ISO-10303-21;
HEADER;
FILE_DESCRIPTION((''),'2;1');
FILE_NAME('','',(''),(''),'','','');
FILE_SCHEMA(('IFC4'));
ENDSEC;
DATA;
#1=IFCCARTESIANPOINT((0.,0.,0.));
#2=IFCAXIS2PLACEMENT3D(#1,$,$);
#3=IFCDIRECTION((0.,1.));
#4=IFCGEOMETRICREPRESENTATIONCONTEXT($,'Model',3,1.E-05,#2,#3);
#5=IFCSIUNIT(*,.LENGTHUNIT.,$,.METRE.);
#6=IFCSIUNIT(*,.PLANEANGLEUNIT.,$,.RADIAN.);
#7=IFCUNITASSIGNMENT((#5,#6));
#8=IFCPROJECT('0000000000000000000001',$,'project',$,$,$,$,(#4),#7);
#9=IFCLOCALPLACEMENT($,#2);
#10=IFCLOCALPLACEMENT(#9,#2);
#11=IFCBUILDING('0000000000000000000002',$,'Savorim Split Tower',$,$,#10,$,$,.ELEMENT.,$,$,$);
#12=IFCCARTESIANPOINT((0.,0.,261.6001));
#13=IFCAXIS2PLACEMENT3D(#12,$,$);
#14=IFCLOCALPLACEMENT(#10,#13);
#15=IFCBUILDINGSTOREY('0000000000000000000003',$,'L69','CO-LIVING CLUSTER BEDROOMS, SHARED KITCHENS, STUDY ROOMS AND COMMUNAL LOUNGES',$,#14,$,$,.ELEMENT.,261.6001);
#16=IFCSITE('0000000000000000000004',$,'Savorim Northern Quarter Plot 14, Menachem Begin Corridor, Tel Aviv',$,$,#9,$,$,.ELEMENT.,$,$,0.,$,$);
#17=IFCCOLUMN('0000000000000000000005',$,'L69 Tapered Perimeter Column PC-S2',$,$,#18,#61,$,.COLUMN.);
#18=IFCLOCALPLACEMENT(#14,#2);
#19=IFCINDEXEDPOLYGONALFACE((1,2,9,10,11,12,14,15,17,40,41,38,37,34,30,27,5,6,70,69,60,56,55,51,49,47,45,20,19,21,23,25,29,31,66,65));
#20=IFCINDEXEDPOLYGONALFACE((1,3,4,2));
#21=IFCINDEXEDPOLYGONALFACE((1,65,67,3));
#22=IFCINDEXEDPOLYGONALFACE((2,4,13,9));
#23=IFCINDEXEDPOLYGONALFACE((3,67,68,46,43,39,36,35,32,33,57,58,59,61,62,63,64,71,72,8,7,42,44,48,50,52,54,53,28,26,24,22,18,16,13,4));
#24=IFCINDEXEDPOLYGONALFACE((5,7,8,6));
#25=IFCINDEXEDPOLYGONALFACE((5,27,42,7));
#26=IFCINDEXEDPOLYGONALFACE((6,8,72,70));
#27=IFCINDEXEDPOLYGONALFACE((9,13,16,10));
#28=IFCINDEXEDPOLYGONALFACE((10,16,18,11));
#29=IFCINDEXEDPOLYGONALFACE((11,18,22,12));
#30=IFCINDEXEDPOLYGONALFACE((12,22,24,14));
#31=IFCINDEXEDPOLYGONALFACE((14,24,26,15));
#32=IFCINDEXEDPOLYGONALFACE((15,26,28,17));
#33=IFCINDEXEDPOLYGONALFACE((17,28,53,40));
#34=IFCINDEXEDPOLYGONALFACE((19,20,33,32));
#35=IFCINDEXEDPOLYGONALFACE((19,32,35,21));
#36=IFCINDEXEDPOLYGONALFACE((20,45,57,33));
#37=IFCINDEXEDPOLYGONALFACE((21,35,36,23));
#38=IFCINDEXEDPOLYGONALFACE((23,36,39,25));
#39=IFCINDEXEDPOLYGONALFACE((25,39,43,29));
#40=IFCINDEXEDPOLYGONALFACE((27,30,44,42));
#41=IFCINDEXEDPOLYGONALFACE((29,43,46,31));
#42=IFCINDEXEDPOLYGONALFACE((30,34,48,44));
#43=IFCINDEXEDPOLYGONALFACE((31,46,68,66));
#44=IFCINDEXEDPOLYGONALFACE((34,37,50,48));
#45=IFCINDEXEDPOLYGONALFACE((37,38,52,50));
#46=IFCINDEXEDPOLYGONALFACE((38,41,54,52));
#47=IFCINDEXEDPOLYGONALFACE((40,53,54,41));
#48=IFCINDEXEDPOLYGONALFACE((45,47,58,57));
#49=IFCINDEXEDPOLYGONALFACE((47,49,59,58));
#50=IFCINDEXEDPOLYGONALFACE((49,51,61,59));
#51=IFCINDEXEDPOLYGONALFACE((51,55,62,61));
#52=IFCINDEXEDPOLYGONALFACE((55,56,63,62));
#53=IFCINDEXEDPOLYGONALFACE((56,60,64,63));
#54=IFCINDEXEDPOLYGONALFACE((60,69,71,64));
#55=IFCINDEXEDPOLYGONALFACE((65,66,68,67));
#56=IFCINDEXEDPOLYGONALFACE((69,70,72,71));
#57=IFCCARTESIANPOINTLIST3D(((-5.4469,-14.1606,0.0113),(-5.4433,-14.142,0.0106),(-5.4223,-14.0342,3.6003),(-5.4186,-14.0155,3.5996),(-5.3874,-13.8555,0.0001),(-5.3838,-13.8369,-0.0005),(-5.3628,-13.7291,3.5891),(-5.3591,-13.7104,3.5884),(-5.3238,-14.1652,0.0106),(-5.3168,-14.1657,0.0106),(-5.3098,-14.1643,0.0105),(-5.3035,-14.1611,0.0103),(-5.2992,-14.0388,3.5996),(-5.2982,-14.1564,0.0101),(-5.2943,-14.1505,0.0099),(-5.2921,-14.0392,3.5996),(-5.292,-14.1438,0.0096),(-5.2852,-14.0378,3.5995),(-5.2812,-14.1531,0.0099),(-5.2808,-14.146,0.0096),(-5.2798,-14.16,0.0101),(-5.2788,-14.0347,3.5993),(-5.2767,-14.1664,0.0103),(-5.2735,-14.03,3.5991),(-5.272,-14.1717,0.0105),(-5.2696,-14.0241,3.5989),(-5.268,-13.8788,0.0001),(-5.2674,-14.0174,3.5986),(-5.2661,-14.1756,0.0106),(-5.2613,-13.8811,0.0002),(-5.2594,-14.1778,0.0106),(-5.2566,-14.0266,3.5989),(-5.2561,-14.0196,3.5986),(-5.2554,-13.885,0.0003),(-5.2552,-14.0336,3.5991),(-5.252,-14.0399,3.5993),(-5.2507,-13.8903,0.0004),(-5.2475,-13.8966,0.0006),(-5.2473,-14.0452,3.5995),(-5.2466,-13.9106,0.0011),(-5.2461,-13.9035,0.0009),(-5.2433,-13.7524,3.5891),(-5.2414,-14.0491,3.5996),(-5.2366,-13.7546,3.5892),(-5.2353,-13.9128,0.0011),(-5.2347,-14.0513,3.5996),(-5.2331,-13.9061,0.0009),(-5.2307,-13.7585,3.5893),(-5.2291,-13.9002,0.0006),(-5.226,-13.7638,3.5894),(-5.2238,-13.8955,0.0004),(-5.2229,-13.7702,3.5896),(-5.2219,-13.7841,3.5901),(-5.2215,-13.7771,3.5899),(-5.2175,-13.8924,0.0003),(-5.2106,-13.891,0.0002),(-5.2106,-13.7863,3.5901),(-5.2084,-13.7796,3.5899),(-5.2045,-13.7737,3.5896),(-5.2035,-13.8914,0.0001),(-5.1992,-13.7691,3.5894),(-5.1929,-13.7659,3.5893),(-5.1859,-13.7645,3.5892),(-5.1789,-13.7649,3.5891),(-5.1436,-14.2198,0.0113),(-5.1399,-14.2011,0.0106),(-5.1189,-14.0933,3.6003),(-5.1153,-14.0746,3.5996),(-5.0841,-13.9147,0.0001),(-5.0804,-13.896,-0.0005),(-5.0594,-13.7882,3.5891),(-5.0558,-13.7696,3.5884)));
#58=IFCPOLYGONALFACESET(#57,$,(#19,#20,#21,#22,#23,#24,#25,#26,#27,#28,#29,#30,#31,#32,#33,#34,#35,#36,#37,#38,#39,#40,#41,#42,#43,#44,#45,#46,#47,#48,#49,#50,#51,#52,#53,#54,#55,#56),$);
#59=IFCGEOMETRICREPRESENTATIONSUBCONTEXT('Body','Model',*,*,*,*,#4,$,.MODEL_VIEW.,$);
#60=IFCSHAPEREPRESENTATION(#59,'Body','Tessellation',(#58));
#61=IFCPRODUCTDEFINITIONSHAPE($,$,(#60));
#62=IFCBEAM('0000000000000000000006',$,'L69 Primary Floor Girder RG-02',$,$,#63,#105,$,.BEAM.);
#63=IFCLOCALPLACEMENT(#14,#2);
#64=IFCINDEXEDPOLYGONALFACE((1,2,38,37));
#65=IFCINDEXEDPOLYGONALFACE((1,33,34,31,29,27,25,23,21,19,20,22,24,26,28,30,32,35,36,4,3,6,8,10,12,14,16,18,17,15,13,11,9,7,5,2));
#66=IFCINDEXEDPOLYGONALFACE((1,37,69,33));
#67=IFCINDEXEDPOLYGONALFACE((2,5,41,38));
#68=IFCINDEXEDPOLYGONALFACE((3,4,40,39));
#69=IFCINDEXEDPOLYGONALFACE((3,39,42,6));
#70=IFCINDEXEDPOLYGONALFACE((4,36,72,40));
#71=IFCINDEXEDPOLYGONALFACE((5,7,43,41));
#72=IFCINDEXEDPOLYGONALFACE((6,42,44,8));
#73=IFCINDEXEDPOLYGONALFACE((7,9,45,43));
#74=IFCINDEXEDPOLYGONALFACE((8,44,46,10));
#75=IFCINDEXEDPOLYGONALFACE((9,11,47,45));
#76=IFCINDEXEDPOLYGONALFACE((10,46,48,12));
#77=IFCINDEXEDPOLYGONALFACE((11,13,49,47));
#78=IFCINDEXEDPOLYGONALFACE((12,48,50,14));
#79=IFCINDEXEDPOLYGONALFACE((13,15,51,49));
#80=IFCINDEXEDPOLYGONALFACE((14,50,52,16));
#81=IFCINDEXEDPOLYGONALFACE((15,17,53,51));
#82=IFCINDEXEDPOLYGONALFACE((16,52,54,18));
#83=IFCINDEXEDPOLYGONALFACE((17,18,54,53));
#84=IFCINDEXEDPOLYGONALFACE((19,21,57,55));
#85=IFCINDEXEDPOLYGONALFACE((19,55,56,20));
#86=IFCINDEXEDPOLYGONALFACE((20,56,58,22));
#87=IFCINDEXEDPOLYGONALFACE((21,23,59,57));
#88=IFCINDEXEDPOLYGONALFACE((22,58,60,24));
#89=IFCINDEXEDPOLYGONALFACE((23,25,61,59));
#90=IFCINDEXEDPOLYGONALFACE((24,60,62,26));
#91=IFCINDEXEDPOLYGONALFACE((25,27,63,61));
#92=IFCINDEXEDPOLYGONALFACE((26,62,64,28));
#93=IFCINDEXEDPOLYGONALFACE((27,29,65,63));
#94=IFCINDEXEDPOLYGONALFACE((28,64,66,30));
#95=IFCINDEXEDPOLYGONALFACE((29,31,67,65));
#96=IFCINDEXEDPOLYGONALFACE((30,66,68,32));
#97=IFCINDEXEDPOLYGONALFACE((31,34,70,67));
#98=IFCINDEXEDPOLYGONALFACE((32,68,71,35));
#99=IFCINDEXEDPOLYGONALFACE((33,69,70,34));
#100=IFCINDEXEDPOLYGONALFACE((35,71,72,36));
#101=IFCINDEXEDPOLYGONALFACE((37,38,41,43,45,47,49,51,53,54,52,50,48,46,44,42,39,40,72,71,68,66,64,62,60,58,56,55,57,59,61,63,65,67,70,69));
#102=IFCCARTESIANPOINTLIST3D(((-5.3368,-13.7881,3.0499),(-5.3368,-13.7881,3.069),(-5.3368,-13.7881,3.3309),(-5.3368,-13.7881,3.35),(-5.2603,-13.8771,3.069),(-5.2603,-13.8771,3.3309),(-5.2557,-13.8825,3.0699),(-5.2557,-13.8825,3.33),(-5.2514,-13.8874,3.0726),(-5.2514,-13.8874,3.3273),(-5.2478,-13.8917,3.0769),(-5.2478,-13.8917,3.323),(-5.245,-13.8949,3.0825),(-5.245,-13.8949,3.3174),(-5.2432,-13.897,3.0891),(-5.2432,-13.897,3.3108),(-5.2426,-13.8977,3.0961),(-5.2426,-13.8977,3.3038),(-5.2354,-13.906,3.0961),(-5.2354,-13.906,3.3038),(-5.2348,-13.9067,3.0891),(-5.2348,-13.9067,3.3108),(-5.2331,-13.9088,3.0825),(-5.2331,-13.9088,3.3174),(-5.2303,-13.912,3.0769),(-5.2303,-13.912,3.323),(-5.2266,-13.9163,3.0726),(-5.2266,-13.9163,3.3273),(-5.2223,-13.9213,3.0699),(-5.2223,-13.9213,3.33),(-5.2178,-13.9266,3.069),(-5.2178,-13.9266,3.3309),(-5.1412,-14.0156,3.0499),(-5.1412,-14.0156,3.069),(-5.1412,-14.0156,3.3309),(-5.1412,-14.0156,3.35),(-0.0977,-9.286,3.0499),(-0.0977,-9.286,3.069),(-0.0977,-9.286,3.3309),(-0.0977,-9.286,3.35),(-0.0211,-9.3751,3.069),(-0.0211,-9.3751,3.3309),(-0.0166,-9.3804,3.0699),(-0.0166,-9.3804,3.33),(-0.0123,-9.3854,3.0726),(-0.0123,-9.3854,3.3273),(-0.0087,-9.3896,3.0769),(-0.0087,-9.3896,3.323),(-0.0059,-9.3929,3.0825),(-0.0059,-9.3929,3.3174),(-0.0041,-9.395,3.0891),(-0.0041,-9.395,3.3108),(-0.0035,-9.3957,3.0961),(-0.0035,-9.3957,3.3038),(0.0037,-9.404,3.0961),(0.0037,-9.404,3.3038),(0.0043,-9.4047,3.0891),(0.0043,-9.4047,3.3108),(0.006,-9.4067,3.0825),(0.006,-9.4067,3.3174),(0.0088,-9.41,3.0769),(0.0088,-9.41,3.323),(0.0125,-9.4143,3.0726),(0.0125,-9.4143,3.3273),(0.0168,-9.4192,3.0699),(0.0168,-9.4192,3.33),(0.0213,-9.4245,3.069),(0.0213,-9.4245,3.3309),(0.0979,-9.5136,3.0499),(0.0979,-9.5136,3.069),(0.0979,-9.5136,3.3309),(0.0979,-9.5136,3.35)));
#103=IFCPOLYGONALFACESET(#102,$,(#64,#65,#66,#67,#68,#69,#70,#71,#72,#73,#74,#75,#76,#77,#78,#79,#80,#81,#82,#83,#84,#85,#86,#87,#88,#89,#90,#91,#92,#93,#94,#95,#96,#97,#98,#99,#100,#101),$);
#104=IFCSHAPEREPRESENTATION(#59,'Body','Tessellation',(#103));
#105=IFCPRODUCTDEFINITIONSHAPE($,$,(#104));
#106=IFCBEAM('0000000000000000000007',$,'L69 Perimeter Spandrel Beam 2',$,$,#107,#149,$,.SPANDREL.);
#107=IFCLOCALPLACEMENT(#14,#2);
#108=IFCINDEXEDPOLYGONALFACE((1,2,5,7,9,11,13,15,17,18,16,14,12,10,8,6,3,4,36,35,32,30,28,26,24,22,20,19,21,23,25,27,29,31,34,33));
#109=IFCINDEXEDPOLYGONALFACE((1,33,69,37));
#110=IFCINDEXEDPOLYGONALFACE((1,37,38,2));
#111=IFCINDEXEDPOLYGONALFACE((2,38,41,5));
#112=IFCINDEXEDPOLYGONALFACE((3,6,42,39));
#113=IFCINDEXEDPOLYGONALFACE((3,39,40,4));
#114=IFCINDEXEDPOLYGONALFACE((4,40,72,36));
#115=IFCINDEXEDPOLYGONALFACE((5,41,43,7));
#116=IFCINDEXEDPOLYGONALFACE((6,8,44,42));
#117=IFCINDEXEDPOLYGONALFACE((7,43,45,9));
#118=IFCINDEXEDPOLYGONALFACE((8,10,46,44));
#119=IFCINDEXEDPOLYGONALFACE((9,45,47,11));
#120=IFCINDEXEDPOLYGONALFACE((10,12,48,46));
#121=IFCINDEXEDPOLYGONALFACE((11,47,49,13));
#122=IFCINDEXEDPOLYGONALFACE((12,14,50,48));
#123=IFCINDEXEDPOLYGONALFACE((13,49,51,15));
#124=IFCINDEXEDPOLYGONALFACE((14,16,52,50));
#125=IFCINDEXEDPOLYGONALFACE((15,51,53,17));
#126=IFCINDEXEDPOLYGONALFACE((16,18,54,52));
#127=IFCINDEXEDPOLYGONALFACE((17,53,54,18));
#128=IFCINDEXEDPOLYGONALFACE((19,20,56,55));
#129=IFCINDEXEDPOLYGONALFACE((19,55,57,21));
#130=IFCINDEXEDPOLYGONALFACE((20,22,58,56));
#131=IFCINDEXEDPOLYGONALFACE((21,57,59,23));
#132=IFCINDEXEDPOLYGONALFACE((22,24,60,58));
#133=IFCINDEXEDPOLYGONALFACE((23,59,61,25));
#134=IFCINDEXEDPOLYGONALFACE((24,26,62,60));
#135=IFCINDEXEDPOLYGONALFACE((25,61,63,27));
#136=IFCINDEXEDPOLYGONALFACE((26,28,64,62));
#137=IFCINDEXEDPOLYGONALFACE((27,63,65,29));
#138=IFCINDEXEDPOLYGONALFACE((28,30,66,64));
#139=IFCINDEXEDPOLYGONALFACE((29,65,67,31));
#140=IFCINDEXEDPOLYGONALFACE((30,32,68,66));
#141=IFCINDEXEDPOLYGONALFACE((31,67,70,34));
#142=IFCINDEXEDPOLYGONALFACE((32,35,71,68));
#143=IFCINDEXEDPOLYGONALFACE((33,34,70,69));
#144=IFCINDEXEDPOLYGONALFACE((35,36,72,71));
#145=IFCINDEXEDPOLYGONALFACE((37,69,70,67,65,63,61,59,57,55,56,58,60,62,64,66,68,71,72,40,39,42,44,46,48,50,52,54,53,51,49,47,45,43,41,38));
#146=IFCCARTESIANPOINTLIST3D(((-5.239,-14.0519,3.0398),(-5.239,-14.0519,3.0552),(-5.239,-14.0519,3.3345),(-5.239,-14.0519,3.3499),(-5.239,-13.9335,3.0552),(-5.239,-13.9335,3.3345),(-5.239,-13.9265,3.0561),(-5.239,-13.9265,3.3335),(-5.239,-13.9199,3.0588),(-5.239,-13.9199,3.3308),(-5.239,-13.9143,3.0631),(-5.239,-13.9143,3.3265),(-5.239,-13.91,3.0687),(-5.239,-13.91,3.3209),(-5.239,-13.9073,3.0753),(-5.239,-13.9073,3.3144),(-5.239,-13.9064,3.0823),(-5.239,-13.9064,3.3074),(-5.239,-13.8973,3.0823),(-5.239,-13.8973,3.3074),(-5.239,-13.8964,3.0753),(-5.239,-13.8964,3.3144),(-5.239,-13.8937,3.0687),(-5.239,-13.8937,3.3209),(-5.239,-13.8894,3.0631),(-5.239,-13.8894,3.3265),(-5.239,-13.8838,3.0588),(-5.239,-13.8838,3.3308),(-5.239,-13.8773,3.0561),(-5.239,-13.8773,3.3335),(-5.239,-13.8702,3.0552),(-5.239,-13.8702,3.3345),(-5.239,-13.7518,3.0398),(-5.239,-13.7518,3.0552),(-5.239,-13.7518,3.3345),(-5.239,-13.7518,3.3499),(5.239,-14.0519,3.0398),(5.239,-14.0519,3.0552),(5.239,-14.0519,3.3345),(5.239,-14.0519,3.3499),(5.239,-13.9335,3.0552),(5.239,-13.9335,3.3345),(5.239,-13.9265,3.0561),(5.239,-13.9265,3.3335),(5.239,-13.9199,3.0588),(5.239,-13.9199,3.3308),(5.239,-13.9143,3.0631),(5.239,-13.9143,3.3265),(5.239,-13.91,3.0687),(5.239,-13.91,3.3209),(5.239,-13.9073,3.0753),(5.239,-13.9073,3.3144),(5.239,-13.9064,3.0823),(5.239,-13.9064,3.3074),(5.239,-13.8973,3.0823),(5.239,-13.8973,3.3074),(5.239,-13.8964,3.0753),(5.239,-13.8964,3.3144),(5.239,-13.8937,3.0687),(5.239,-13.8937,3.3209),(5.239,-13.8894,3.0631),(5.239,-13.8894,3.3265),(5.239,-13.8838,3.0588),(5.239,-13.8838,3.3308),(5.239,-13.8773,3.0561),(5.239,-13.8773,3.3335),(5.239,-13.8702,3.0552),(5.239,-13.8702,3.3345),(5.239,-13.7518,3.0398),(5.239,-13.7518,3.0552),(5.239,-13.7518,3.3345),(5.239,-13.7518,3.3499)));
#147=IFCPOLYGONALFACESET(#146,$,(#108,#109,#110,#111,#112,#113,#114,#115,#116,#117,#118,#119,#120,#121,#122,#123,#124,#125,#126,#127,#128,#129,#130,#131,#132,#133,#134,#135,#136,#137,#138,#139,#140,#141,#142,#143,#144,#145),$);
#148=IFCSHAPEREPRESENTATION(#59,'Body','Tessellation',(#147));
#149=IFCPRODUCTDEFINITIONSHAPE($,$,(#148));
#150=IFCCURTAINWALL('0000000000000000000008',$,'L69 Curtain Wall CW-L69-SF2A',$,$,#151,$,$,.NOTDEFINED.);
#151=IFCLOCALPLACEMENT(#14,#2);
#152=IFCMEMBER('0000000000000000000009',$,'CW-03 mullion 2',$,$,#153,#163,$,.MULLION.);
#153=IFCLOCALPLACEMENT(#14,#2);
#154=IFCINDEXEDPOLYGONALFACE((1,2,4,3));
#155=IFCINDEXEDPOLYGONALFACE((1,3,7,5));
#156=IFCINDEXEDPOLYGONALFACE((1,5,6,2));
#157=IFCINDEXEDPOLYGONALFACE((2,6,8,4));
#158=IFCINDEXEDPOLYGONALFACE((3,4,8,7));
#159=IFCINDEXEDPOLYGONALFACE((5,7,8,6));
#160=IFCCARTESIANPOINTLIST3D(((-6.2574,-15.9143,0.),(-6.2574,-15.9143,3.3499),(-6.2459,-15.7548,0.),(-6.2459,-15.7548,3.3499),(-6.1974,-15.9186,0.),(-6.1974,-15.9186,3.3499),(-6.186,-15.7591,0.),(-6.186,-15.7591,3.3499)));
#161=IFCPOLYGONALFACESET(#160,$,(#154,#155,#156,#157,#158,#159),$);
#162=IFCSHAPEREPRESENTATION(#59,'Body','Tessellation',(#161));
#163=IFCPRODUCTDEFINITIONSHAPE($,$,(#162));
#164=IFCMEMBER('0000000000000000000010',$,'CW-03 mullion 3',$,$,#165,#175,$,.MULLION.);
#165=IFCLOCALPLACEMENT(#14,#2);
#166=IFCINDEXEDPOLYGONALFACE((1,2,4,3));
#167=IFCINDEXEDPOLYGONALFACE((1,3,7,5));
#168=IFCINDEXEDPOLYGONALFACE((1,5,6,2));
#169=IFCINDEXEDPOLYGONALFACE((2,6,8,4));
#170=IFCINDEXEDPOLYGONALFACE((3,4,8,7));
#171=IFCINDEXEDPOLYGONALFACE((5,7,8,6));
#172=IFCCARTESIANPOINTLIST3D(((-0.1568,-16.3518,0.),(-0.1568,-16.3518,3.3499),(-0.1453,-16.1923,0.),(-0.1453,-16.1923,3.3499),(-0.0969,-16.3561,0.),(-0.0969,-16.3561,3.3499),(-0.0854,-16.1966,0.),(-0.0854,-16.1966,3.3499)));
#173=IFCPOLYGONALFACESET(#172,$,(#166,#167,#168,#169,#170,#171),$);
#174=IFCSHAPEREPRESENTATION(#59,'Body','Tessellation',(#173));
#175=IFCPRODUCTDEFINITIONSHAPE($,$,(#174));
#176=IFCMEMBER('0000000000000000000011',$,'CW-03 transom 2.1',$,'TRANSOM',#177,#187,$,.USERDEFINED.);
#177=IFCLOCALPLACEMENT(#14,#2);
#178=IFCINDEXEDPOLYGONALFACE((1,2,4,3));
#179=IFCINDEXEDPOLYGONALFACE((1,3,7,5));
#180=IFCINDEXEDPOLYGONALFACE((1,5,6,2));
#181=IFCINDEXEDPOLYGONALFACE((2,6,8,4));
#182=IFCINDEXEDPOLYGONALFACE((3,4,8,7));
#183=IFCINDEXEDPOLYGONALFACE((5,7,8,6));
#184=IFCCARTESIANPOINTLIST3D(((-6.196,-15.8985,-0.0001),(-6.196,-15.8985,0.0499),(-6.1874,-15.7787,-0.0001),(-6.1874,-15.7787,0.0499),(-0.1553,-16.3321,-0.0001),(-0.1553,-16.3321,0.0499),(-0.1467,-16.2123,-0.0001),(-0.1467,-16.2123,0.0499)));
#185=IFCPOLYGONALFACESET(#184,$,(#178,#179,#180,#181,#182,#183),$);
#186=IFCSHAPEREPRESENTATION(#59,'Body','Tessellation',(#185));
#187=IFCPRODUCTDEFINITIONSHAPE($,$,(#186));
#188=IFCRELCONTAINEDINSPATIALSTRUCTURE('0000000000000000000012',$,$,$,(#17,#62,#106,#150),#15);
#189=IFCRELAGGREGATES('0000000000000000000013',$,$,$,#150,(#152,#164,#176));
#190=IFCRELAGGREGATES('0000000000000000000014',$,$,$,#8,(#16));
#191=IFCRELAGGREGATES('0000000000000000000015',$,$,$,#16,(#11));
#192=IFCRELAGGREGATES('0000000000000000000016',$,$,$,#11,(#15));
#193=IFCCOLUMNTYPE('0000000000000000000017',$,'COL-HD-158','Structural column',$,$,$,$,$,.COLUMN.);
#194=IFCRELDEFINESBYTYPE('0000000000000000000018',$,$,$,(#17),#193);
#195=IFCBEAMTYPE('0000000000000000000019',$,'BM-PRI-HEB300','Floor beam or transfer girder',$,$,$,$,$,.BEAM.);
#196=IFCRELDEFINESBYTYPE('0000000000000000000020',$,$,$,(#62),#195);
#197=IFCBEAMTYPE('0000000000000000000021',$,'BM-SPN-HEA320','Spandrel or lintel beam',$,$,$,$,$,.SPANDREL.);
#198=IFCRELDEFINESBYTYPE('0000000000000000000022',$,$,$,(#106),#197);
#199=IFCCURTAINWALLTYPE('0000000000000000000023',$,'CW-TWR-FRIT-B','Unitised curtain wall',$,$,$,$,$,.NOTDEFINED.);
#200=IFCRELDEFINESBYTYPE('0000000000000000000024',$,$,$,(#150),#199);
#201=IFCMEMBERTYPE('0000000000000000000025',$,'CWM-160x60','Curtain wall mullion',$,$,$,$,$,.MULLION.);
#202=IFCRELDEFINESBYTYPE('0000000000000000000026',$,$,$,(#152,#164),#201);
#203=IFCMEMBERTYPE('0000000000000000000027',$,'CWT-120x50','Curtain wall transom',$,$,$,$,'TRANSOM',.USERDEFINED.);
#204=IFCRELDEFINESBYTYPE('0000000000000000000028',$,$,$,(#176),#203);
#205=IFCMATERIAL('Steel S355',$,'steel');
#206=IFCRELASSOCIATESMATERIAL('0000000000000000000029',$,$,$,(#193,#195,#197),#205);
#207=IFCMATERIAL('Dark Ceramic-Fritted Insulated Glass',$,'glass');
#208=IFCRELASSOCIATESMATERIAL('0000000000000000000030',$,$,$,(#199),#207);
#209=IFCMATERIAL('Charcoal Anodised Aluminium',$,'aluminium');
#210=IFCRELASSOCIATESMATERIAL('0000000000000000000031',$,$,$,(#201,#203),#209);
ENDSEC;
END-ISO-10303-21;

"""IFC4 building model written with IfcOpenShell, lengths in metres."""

from ifc_helpers import new_model, si_unit, direction, frame, origin, origin_2d, place, context, subcontext, project, spatial, rectangle, i_section, extrude, material, material_profile, profile_set, type_object, element, aggregate, save


model = new_model("IFC4")

# Units and contexts
model_context = context("Model", 3, precision=1e-05, world=origin(), true_north=direction((0.0, 1.0)))
body_context = subcontext(model_context, "Body", "Model", "MODEL_VIEW")
ifc_project = project(units=[si_unit("LENGTHUNIT", "METRE"), si_unit("PLANEANGLEUNIT", "RADIAN")], contexts=[model_context])

# Site, building, storey
site_placement = place(None, origin())
site = spatial("IfcSite", under=ifc_project, at=site_placement, Name="Savorim Northern Quarter Plot 14, Menachem Begin Corridor, Tel Aviv", CompositionType="ELEMENT", RefElevation=0.0)
building_placement = place(site_placement, origin())
building = spatial("IfcBuilding", under=site, at=building_placement, Name="Savorim Split Tower", CompositionType="ELEMENT")
storey_placement = place(building_placement, frame((0.0, 0.0, 261.6001)))
storey = spatial("IfcBuildingStorey", under=building, at=storey_placement, Name="L69", Description="CO-LIVING CLUSTER BEDROOMS, SHARED KITCHENS, STUDY ROOMS AND COMMUNAL LOUNGES", CompositionType="ELEMENT", Elevation=261.6001)

# Column
ifc_material_1 = material(Name="Steel S355", Category="steel")
ifc_material_profile_1 = material_profile(ifc_material_1, i_section(OverallWidth=0.3091, OverallDepth=0.3301, WebThickness=0.0115, FlangeThickness=0.019, FilletRadius=0.0271, at=origin_2d()), Name="HD 320x158")
ifc_profile_set_1 = profile_set([ifc_material_profile_1], Name="Steel S355")
column_type = type_object("IfcColumnType", Name="COL-HD-158", Description="Structural column", PredefinedType="COLUMN", material=ifc_profile_set_1)
column_placement = place(storey_placement, frame((-5.2637, -14.0283, 0.0054), z_axis=(0.006866, 0.035213, 0.999356), x_axis=(-0.981517, 0.191377, 0.0)))
element("IfcColumn", 1, at=column_placement, inside=storey, type_object=column_type, Name="L69 Tapered Perimeter Column PC-S2", PredefinedType="COLUMN", context=body_context, shape_type="SweptSolid", body=[
    extrude(i_section(OverallWidth=0.3091, OverallDepth=0.3301, WebThickness=0.0115, FlangeThickness=0.019, FilletRadius=0.0271, at=origin_2d()), origin(), (0.0, 0.0, 1.0), 3.5913),
])

# Beams
ifc_material_profile_2 = material_profile(ifc_material_1, i_section(OverallWidth=0.3, OverallDepth=0.3, WebThickness=0.011, FlangeThickness=0.019, FilletRadius=0.0271, at=origin_2d()), Name="HEB 300")
ifc_profile_set_2 = profile_set([ifc_material_profile_2], Name="Steel S355")
beam_type_1 = type_object("IfcBeamType", Name="BM-PRI-HEB300", Description="Floor beam or transfer girder", PredefinedType="BEAM", material=ifc_profile_set_2)
beam_1_placement = place(storey_placement, frame((-5.239, -13.9019, 3.2), z_axis=(0.758443, 0.65174, 0.0), x_axis=(-0.65174, 0.758443, 0.0)))
element("IfcBeam", 2, at=beam_1_placement, inside=storey, type_object=beam_type_1, Name="L69 Primary Floor Girder RG-02", PredefinedType="BEAM", context=body_context, shape_type="SweptSolid", body=[
    extrude(i_section(OverallWidth=0.3, OverallDepth=0.3, WebThickness=0.011, FlangeThickness=0.019, FilletRadius=0.0271, at=origin_2d()), origin(), (0.0, 0.0, 1.0), 6.9077),
])
ifc_material_profile_3 = material_profile(ifc_material_1, i_section(OverallWidth=0.3, OverallDepth=0.3101, WebThickness=0.009, FlangeThickness=0.0154, FilletRadius=0.0271, at=origin_2d()), Name="HEA 320")
ifc_profile_set_3 = profile_set([ifc_material_profile_3], Name="Steel S355")
beam_type_2 = type_object("IfcBeamType", Name="BM-SPN-HEA320", Description="Spandrel or lintel beam", PredefinedType="SPANDREL", material=ifc_profile_set_3)
beam_2_placement = place(storey_placement, frame((-5.239, -13.9019, 3.1948), z_axis=(1.0, 0.0, 0.0), x_axis=(0.0, 1.0, 0.0)))
element("IfcBeam", 3, at=beam_2_placement, inside=storey, type_object=beam_type_2, Name="L69 Perimeter Spandrel Beam 2", PredefinedType="SPANDREL", context=body_context, shape_type="SweptSolid", body=[
    extrude(i_section(OverallWidth=0.3, OverallDepth=0.3101, WebThickness=0.009, FlangeThickness=0.0154, FilletRadius=0.0271, at=origin_2d()), origin(), (0.0, 0.0, 1.0), 10.478),
])

# Curtain wall, members
ifc_material_2 = material(Name="Dark Ceramic-Fritted Insulated Glass", Category="glass")
curtain_wall_type = type_object("IfcCurtainWallType", Name="CW-TWR-FRIT-B", Description="Unitised curtain wall", PredefinedType="NOTDEFINED", material=ifc_material_2)
curtain_wall_placement = place(storey_placement, origin())
curtain_wall = element("IfcCurtainWall", 4, at=curtain_wall_placement, inside=storey, type_object=curtain_wall_type, Name="L69 Curtain Wall CW-L69-SF2A", PredefinedType="NOTDEFINED")
ifc_material_3 = material(Name="Charcoal Anodised Aluminium", Category="aluminium")
ifc_material_profile_4 = material_profile(ifc_material_3, rectangle(XDim=0.1599, YDim=0.0601, at=origin_2d()), Name="ALU-M 160x60")
ifc_profile_set_4 = profile_set([ifc_material_profile_4], Name="Charcoal Anodised Aluminium")
member_type_1 = type_object("IfcMemberType", Name="CWM-160x60", Description="Curtain wall mullion", PredefinedType="MULLION", material=ifc_profile_set_4)
member_1_placement = place(storey_placement, frame((-6.2217, -15.8367, 0.0), z_axis=(0.0, 0.0, 1.0), x_axis=(0.071564, 0.997436, 0.0)))
member_1 = element("IfcMember", 5, at=member_1_placement, type_object=member_type_1, Name="CW-03 mullion 2", PredefinedType="MULLION", context=body_context, shape_type="SweptSolid", body=[
    extrude(rectangle(XDim=0.1599, YDim=0.0601, at=origin_2d()), origin(), (0.0, 0.0, 1.0), 3.3499),
])
member_2_placement = place(storey_placement, frame((-0.1211, -16.2742, 0.0), z_axis=(0.0, 0.0, 1.0), x_axis=(0.071564, 0.997436, 0.0)))
member_2 = element("IfcMember", 6, at=member_2_placement, type_object=member_type_1, Name="CW-03 mullion 3", PredefinedType="MULLION", context=body_context, shape_type="SweptSolid", body=[
    extrude(rectangle(XDim=0.1599, YDim=0.0601, at=origin_2d()), origin(), (0.0, 0.0, 1.0), 3.3499),
])
ifc_material_profile_5 = material_profile(ifc_material_3, rectangle(XDim=0.1201, YDim=0.05, at=origin_2d()), Name="ALU-T 120x50")
ifc_profile_set_5 = profile_set([ifc_material_profile_5], Name="Charcoal Anodised Aluminium")
member_type_2 = type_object("IfcMemberType", Name="CWT-120x50", Description="Curtain wall transom", ElementType="TRANSOM", PredefinedType="USERDEFINED", material=ifc_profile_set_5)
member_3_placement = place(storey_placement, frame((-6.1917, -15.8386, 0.0249), z_axis=(0.997434, -0.071597, 0.0), x_axis=(0.071597, 0.997434, 0.0)))
member_3 = element("IfcMember", 7, at=member_3_placement, type_object=member_type_2, Name="CW-03 transom 2.1", ObjectType="TRANSOM", PredefinedType="USERDEFINED", context=body_context, shape_type="SweptSolid", body=[
    extrude(rectangle(XDim=0.1201, YDim=0.05, at=origin_2d()), origin(), (0.0, 0.0, 1.0), 6.0562),
])
aggregate(curtain_wall, [member_1, member_2, member_3])

save(model, "model.ifc")
